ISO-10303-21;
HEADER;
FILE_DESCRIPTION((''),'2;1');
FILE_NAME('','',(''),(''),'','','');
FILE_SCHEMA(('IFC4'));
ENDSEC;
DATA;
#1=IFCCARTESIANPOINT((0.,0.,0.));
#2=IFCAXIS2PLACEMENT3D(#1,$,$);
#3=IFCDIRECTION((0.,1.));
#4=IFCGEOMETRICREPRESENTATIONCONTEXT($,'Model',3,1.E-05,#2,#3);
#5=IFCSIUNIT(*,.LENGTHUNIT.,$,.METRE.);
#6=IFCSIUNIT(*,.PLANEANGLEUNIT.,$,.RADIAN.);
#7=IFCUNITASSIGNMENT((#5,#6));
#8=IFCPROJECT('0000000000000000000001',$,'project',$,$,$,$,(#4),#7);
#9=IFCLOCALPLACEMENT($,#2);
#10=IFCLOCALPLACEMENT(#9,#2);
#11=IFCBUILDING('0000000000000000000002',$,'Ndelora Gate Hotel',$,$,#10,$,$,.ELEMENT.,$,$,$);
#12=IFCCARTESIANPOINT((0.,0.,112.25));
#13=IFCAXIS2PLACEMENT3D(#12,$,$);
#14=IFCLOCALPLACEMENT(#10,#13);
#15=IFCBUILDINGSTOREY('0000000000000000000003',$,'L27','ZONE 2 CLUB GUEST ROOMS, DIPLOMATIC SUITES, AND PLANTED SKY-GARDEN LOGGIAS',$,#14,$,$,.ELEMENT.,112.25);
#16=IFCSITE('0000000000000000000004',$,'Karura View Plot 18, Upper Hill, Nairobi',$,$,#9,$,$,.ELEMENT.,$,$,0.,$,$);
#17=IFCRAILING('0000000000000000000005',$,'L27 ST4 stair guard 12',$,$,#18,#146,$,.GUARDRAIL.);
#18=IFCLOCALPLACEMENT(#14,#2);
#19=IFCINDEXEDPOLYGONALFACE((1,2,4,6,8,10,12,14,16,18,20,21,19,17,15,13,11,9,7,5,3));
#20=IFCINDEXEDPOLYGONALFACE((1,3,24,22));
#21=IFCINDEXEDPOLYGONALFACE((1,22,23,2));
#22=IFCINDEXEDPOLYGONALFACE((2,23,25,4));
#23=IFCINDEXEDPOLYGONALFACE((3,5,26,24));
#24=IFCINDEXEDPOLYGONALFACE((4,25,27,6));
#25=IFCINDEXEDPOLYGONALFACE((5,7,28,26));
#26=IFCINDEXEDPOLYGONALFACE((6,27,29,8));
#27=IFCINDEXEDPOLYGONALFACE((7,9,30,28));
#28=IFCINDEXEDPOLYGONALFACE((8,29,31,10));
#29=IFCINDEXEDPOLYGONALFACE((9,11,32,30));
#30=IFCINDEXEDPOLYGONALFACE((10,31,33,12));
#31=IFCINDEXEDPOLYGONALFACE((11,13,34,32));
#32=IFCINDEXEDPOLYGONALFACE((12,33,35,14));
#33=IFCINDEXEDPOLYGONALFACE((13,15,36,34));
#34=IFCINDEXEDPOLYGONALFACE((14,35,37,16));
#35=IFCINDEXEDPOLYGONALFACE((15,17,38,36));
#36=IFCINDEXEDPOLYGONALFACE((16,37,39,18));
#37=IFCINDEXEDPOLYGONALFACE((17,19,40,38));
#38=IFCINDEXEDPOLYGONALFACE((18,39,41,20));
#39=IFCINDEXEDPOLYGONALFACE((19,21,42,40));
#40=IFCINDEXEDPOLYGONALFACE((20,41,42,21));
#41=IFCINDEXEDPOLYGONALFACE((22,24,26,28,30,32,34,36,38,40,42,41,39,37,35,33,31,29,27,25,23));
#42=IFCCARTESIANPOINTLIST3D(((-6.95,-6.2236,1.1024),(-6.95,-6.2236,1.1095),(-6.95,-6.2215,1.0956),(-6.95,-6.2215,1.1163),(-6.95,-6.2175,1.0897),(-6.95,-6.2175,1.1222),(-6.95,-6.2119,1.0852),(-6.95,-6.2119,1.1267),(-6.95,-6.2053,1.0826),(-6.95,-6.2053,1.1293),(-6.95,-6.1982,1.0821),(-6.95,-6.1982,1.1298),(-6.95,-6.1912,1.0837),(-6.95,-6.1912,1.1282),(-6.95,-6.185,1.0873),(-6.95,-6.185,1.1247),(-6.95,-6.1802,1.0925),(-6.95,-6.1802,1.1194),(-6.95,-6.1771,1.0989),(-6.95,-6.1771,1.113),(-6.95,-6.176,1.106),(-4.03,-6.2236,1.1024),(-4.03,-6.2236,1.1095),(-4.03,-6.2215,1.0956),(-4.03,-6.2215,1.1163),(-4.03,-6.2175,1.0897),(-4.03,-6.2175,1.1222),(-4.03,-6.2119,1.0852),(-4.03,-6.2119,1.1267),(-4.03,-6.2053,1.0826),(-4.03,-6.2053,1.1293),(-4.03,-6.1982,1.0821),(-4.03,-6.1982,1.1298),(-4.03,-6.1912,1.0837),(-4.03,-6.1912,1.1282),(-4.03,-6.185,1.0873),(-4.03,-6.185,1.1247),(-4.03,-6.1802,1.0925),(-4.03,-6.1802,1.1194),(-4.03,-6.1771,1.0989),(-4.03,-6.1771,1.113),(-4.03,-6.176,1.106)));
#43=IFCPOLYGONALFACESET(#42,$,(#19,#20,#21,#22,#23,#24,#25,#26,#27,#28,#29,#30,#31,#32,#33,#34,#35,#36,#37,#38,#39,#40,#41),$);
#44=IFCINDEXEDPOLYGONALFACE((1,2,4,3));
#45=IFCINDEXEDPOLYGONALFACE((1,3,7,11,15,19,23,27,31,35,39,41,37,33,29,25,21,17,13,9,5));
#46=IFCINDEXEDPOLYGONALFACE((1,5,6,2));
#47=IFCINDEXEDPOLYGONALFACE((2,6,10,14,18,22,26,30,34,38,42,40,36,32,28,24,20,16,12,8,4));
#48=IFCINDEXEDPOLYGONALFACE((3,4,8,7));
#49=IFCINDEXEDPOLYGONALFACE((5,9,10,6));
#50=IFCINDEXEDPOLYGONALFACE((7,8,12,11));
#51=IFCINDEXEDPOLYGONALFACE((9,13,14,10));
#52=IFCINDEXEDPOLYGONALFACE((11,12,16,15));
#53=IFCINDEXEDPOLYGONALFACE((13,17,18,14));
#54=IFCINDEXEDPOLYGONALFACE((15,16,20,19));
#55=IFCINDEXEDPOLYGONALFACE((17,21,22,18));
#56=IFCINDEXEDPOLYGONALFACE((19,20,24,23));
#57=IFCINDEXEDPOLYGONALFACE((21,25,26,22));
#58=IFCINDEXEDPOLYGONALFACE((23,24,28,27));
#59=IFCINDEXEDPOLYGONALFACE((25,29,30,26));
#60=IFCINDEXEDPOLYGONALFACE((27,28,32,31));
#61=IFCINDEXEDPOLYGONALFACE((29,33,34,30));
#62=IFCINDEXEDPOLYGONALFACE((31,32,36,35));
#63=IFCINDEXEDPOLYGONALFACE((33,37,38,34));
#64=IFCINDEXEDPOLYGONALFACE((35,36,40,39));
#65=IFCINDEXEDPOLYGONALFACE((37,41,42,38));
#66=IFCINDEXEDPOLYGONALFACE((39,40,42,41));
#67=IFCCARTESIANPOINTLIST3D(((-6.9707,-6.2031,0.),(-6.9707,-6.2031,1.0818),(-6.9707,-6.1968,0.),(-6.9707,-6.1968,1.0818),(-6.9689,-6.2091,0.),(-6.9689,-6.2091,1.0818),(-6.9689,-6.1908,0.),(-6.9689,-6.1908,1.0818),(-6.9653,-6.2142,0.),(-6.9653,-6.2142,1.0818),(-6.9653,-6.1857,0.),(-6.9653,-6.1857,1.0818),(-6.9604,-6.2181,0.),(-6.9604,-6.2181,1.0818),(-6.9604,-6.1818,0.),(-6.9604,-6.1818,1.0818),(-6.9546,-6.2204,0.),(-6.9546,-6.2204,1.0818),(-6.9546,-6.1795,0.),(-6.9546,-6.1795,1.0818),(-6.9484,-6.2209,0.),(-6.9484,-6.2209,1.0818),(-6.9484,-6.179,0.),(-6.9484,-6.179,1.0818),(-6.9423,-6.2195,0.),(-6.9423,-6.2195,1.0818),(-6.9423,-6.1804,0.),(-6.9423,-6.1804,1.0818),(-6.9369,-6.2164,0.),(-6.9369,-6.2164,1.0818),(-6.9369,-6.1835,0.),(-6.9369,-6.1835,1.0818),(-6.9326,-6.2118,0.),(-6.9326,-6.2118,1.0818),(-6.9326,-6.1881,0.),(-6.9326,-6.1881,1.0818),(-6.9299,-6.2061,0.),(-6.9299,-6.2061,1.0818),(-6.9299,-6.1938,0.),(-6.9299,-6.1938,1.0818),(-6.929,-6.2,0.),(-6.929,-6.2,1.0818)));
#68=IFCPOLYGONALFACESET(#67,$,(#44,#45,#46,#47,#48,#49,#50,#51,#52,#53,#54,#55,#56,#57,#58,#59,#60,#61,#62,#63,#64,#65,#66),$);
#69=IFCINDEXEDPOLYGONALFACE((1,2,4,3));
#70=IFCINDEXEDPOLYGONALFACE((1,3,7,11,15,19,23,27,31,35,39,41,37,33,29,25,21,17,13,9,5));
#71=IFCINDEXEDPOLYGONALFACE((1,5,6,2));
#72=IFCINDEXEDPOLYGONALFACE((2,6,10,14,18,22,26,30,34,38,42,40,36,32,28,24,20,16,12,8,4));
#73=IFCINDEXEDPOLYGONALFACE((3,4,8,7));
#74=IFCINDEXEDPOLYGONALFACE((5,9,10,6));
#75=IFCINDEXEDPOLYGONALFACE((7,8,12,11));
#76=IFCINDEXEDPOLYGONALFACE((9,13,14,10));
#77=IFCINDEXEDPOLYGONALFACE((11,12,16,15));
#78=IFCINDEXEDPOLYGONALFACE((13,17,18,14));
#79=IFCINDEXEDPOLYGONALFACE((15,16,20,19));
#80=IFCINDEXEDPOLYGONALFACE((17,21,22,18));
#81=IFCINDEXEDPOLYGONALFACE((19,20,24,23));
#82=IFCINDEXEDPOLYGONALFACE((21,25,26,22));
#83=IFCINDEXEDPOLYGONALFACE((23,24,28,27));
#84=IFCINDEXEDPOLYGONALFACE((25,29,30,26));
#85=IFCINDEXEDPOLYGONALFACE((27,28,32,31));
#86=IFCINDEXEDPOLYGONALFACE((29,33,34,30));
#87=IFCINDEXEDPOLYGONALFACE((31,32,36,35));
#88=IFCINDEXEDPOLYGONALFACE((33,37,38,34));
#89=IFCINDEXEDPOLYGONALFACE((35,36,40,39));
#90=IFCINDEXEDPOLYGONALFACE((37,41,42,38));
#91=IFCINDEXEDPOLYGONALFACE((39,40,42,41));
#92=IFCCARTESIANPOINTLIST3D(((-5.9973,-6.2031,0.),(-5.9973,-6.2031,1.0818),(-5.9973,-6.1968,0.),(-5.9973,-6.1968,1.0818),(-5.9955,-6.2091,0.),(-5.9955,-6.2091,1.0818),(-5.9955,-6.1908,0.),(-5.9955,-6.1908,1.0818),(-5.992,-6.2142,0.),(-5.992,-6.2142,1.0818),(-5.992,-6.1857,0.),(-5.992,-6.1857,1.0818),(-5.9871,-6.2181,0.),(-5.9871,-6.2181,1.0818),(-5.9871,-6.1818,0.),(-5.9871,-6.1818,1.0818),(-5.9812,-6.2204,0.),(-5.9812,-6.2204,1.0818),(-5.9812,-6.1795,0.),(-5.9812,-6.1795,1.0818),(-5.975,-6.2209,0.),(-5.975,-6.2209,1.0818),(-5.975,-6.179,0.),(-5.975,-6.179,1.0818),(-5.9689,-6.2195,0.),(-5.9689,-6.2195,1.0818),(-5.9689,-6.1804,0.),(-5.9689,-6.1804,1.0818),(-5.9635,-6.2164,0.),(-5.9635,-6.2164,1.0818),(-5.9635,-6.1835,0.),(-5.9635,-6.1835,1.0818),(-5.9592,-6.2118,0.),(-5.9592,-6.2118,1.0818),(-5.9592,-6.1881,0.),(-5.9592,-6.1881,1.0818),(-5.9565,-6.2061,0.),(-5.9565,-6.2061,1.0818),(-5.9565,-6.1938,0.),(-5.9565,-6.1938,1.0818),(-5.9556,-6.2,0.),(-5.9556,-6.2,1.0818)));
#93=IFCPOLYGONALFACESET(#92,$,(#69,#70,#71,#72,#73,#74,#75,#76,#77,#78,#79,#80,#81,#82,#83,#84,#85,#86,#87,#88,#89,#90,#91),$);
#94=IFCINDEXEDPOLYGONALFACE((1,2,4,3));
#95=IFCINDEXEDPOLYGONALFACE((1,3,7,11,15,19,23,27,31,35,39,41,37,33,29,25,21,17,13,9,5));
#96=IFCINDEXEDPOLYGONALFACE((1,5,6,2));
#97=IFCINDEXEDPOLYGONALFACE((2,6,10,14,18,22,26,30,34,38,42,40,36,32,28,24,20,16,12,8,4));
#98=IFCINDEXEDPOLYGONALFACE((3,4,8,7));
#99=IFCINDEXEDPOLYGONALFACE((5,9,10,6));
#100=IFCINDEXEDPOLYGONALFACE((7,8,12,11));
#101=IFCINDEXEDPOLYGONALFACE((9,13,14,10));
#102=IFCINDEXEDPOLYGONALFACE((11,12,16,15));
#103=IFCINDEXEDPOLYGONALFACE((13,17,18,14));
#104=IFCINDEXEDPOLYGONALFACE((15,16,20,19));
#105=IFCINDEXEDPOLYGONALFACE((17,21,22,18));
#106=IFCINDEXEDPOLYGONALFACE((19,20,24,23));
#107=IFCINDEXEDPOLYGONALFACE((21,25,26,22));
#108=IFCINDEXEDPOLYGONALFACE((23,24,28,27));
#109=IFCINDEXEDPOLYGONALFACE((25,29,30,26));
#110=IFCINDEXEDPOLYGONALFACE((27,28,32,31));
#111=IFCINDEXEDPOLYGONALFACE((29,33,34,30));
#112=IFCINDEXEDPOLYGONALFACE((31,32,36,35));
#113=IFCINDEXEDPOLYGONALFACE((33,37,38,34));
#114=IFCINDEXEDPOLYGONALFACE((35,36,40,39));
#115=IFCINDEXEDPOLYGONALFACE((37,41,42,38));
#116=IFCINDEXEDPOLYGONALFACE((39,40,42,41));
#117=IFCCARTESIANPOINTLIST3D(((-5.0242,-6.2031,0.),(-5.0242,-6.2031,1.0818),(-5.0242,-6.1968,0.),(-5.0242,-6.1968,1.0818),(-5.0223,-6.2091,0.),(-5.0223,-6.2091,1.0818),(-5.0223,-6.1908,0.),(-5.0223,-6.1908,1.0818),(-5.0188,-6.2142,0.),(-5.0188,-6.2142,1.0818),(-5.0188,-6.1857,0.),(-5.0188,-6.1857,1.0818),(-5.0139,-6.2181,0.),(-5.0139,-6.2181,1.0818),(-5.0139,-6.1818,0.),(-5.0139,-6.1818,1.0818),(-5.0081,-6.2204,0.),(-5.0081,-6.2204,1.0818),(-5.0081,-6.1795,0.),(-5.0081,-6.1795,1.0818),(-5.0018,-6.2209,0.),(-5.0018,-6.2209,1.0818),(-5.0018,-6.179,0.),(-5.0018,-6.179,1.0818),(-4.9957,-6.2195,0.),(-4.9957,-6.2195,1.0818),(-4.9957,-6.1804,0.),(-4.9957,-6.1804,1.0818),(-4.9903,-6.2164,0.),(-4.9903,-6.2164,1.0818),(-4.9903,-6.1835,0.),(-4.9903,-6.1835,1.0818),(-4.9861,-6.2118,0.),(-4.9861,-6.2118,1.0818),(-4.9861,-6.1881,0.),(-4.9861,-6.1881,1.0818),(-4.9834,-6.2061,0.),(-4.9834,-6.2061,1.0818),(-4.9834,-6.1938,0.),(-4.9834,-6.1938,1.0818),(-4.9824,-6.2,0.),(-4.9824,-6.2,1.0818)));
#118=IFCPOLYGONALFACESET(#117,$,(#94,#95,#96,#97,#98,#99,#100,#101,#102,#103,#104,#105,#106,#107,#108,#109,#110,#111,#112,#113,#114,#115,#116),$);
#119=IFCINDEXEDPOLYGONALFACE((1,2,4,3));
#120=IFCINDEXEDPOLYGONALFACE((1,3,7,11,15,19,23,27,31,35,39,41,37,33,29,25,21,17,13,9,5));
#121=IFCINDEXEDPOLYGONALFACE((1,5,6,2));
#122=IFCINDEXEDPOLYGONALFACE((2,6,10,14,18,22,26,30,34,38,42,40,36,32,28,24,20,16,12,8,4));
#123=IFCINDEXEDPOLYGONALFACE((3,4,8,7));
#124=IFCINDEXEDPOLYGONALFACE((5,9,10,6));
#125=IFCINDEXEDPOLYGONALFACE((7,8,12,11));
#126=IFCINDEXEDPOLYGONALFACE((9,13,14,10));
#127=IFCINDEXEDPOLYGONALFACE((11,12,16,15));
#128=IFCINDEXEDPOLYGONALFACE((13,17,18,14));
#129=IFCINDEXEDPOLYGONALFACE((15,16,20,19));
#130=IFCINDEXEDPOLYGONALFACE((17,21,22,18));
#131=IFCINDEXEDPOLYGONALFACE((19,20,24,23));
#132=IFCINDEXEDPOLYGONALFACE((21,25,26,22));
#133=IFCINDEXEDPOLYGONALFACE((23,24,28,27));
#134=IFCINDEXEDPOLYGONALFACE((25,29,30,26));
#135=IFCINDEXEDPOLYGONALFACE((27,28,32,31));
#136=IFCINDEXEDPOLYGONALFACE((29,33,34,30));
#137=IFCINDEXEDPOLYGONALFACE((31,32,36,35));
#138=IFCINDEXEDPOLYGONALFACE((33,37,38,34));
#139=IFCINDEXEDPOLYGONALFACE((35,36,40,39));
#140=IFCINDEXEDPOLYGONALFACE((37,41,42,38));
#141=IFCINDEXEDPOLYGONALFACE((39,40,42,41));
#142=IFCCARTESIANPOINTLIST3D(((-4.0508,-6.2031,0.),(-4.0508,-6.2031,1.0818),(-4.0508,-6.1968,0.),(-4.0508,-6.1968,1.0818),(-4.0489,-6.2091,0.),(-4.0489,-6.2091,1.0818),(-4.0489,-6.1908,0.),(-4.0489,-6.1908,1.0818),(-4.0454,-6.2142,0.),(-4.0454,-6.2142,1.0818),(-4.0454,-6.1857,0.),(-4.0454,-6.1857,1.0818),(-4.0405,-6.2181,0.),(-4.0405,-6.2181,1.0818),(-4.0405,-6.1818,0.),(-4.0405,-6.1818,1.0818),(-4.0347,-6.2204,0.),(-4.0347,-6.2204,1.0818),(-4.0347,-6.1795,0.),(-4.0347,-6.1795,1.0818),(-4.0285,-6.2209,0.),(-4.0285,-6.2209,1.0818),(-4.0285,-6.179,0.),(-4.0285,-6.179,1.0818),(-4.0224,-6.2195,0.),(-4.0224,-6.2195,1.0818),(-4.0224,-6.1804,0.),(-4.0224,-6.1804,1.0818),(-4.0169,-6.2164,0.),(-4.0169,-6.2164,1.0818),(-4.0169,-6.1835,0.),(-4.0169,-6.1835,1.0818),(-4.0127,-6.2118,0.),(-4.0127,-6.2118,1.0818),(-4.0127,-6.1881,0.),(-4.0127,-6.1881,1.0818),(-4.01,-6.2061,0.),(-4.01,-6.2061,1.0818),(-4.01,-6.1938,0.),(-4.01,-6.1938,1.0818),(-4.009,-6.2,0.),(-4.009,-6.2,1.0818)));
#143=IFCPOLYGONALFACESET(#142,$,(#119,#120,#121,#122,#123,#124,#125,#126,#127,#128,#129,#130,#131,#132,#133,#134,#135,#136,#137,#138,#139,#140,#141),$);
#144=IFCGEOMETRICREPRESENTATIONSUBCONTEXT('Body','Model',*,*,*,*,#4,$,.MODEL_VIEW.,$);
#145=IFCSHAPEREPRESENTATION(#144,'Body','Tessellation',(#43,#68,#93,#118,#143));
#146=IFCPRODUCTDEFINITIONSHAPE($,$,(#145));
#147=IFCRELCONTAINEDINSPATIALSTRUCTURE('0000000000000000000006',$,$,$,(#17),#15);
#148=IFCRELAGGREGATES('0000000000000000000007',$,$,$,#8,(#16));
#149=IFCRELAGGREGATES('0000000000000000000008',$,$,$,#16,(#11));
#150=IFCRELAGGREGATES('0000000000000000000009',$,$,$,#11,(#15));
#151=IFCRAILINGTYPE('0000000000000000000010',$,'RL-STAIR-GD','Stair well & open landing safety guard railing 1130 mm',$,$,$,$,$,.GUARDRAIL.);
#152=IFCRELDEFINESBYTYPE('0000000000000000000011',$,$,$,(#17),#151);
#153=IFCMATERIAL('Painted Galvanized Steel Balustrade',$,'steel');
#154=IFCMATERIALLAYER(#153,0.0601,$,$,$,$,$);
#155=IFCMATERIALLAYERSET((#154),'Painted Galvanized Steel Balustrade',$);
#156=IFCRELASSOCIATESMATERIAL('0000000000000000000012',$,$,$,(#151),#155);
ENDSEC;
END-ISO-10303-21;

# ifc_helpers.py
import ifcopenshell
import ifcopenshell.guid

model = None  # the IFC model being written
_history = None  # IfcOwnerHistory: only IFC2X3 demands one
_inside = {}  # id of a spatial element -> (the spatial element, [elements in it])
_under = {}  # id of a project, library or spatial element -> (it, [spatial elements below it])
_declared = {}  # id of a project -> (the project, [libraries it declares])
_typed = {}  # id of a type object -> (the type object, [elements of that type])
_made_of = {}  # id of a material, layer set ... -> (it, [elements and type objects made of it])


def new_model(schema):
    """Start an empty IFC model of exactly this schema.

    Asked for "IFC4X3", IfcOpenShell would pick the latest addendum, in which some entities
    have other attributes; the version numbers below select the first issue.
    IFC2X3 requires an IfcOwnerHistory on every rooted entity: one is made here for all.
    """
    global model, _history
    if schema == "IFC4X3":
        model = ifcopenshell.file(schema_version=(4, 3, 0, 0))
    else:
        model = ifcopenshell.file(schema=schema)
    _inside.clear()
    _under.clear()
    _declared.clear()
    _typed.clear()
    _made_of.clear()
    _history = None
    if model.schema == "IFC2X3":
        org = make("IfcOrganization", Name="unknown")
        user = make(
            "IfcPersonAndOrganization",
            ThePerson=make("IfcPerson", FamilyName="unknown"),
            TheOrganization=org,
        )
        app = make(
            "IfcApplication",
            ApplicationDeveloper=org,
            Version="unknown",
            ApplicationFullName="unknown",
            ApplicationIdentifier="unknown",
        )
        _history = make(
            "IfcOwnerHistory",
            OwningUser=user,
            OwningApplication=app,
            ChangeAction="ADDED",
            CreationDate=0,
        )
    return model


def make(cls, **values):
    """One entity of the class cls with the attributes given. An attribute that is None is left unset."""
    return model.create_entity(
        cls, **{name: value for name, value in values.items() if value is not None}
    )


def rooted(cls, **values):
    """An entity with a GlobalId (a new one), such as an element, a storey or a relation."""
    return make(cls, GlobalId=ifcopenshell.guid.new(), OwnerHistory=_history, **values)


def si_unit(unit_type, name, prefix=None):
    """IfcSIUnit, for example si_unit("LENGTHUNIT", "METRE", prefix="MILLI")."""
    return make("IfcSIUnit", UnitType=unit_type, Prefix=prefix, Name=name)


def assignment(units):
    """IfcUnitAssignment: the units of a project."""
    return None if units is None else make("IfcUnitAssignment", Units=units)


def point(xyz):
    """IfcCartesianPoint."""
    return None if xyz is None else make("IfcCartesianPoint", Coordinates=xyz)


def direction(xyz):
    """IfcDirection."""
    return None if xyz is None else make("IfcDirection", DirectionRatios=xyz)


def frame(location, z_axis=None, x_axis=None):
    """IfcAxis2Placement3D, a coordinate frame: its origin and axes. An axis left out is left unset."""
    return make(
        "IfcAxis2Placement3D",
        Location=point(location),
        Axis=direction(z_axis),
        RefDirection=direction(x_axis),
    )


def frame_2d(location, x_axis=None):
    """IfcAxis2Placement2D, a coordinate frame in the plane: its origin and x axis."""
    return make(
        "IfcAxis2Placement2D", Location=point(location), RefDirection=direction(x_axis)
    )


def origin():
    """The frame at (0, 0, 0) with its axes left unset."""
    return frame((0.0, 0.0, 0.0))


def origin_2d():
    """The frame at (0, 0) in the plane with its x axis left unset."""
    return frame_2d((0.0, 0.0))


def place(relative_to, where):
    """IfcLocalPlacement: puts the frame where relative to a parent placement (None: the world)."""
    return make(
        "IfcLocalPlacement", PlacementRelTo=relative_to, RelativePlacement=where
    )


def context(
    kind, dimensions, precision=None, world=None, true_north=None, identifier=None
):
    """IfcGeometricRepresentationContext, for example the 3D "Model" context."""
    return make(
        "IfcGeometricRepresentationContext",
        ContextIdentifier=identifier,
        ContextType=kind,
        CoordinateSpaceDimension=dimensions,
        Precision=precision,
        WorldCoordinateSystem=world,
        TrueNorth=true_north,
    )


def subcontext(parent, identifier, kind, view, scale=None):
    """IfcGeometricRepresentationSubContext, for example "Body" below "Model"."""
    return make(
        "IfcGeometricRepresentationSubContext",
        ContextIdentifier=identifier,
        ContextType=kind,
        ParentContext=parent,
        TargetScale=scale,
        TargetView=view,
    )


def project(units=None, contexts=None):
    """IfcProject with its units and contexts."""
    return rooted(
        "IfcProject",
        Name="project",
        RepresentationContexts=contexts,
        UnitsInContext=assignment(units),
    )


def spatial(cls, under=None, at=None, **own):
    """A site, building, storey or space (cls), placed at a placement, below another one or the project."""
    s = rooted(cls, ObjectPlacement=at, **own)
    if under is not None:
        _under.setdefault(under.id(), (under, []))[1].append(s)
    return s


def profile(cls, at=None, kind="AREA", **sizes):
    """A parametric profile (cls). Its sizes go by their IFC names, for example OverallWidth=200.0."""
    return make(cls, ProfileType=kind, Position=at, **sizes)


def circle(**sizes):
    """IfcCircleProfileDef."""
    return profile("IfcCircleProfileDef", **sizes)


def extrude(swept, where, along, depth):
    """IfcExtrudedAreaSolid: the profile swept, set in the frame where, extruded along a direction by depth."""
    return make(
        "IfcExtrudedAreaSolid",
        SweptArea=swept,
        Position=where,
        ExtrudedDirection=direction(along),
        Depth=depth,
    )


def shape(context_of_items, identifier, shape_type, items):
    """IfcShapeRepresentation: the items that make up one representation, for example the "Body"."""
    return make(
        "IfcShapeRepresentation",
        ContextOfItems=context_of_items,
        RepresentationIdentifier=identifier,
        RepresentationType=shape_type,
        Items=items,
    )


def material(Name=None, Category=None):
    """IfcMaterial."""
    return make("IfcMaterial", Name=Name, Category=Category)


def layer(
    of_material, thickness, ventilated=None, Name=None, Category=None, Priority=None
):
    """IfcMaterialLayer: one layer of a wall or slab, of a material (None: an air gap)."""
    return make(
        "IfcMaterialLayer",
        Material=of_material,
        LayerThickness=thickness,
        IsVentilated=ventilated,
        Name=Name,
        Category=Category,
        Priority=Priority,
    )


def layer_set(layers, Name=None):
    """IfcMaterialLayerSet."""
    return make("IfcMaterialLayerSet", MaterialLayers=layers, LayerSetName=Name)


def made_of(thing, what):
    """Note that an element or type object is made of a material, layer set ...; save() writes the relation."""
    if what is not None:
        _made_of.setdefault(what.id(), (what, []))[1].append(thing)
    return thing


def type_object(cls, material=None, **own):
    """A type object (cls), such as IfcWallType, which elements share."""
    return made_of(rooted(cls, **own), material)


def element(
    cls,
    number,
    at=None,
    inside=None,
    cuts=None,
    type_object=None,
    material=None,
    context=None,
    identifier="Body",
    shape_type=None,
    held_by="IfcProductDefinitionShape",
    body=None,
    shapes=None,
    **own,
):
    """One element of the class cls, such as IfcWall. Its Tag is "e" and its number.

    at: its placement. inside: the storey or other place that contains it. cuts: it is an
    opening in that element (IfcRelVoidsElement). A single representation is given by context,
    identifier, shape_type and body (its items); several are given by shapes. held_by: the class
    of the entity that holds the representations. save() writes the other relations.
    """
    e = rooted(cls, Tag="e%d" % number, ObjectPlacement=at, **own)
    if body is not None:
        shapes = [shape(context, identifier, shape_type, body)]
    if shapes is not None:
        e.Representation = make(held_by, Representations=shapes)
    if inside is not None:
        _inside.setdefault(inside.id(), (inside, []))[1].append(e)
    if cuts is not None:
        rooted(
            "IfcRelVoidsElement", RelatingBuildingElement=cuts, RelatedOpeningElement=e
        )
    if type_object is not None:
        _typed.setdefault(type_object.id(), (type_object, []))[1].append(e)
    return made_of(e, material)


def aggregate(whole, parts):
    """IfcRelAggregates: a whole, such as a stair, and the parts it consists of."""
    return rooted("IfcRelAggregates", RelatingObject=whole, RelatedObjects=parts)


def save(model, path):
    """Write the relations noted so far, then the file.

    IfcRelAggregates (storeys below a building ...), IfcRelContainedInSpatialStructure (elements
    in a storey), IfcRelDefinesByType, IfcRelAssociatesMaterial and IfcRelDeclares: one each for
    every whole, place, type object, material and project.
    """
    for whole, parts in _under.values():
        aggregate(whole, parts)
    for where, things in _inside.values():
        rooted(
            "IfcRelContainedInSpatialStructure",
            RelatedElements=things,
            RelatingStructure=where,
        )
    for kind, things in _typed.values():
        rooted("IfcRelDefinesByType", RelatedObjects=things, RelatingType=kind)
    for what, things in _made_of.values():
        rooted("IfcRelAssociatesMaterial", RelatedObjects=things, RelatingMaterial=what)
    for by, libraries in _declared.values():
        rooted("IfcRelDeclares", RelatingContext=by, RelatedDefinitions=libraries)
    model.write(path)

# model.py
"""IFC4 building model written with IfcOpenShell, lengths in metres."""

from ifc_helpers import new_model, si_unit, direction, frame, origin, origin_2d, place, context, subcontext, project, spatial, circle, extrude, material, layer, layer_set, type_object, element, save


model = new_model("IFC4")

# Units and contexts
model_context = context("Model", 3, precision=1e-05, world=origin(), true_north=direction((0.0, 1.0)))
body_context = subcontext(model_context, "Body", "Model", "MODEL_VIEW")
ifc_project = project(units=[si_unit("LENGTHUNIT", "METRE"), si_unit("PLANEANGLEUNIT", "RADIAN")], contexts=[model_context])

# Site, building, storey
site_placement = place(None, origin())
site = spatial("IfcSite", under=ifc_project, at=site_placement, Name="Karura View Plot 18, Upper Hill, Nairobi", CompositionType="ELEMENT", RefElevation=0.0)
building_placement = place(site_placement, origin())
building = spatial("IfcBuilding", under=site, at=building_placement, Name="Ndelora Gate Hotel", CompositionType="ELEMENT")
storey_placement = place(building_placement, frame((0.0, 0.0, 112.25)))
storey = spatial("IfcBuildingStorey", under=building, at=storey_placement, Name="L27", Description="ZONE 2 CLUB GUEST ROOMS, DIPLOMATIC SUITES, AND PLANTED SKY-GARDEN LOGGIAS", CompositionType="ELEMENT", Elevation=112.25)

# Railing
ifc_material_1 = material(Name="Painted Galvanized Steel Balustrade", Category="steel")
ifc_layer_1 = layer(ifc_material_1, 0.0601)
ifc_layer_set_1 = layer_set([ifc_layer_1], Name="Painted Galvanized Steel Balustrade")
railing_type_1 = type_object("IfcRailingType", Name="RL-STAIR-GD", Description="Stair well & open landing safety guard railing 1130 mm", PredefinedType="GUARDRAIL", material=ifc_layer_set_1)
railing_1_placement = place(storey_placement, frame((-6.95, -6.2, 0.0)))
element("IfcRailing", 1, at=railing_1_placement, inside=storey, type_object=railing_type_1, Name="L27 ST4 stair guard 12", PredefinedType="GUARDRAIL", context=body_context, shape_type="SweptSolid", body=[
    extrude(circle(Radius=0.0239, at=origin_2d()), frame((0.0, 0.0, 1.106), z_axis=(1.0, 0.0, 0.0), x_axis=(0.0, 1.0, 0.0)), (0.0, 0.0, 1.0), 2.9199),
    extrude(circle(Radius=0.021, at=origin_2d()), origin(), (0.0, 0.0, 1.0), 1.0818),
    extrude(circle(Radius=0.021, at=origin_2d()), frame((0.9734, 0.0, 0.0)), (0.0, 0.0, 1.0), 1.0818),
    extrude(circle(Radius=0.021, at=origin_2d()), frame((1.9465, 0.0, 0.0)), (0.0, 0.0, 1.0), 1.0818),
    extrude(circle(Radius=0.021, at=origin_2d()), frame((2.9199, 0.0, 0.0)), (0.0, 0.0, 1.0), 1.0818),
])

save(model, "model.ifc")
